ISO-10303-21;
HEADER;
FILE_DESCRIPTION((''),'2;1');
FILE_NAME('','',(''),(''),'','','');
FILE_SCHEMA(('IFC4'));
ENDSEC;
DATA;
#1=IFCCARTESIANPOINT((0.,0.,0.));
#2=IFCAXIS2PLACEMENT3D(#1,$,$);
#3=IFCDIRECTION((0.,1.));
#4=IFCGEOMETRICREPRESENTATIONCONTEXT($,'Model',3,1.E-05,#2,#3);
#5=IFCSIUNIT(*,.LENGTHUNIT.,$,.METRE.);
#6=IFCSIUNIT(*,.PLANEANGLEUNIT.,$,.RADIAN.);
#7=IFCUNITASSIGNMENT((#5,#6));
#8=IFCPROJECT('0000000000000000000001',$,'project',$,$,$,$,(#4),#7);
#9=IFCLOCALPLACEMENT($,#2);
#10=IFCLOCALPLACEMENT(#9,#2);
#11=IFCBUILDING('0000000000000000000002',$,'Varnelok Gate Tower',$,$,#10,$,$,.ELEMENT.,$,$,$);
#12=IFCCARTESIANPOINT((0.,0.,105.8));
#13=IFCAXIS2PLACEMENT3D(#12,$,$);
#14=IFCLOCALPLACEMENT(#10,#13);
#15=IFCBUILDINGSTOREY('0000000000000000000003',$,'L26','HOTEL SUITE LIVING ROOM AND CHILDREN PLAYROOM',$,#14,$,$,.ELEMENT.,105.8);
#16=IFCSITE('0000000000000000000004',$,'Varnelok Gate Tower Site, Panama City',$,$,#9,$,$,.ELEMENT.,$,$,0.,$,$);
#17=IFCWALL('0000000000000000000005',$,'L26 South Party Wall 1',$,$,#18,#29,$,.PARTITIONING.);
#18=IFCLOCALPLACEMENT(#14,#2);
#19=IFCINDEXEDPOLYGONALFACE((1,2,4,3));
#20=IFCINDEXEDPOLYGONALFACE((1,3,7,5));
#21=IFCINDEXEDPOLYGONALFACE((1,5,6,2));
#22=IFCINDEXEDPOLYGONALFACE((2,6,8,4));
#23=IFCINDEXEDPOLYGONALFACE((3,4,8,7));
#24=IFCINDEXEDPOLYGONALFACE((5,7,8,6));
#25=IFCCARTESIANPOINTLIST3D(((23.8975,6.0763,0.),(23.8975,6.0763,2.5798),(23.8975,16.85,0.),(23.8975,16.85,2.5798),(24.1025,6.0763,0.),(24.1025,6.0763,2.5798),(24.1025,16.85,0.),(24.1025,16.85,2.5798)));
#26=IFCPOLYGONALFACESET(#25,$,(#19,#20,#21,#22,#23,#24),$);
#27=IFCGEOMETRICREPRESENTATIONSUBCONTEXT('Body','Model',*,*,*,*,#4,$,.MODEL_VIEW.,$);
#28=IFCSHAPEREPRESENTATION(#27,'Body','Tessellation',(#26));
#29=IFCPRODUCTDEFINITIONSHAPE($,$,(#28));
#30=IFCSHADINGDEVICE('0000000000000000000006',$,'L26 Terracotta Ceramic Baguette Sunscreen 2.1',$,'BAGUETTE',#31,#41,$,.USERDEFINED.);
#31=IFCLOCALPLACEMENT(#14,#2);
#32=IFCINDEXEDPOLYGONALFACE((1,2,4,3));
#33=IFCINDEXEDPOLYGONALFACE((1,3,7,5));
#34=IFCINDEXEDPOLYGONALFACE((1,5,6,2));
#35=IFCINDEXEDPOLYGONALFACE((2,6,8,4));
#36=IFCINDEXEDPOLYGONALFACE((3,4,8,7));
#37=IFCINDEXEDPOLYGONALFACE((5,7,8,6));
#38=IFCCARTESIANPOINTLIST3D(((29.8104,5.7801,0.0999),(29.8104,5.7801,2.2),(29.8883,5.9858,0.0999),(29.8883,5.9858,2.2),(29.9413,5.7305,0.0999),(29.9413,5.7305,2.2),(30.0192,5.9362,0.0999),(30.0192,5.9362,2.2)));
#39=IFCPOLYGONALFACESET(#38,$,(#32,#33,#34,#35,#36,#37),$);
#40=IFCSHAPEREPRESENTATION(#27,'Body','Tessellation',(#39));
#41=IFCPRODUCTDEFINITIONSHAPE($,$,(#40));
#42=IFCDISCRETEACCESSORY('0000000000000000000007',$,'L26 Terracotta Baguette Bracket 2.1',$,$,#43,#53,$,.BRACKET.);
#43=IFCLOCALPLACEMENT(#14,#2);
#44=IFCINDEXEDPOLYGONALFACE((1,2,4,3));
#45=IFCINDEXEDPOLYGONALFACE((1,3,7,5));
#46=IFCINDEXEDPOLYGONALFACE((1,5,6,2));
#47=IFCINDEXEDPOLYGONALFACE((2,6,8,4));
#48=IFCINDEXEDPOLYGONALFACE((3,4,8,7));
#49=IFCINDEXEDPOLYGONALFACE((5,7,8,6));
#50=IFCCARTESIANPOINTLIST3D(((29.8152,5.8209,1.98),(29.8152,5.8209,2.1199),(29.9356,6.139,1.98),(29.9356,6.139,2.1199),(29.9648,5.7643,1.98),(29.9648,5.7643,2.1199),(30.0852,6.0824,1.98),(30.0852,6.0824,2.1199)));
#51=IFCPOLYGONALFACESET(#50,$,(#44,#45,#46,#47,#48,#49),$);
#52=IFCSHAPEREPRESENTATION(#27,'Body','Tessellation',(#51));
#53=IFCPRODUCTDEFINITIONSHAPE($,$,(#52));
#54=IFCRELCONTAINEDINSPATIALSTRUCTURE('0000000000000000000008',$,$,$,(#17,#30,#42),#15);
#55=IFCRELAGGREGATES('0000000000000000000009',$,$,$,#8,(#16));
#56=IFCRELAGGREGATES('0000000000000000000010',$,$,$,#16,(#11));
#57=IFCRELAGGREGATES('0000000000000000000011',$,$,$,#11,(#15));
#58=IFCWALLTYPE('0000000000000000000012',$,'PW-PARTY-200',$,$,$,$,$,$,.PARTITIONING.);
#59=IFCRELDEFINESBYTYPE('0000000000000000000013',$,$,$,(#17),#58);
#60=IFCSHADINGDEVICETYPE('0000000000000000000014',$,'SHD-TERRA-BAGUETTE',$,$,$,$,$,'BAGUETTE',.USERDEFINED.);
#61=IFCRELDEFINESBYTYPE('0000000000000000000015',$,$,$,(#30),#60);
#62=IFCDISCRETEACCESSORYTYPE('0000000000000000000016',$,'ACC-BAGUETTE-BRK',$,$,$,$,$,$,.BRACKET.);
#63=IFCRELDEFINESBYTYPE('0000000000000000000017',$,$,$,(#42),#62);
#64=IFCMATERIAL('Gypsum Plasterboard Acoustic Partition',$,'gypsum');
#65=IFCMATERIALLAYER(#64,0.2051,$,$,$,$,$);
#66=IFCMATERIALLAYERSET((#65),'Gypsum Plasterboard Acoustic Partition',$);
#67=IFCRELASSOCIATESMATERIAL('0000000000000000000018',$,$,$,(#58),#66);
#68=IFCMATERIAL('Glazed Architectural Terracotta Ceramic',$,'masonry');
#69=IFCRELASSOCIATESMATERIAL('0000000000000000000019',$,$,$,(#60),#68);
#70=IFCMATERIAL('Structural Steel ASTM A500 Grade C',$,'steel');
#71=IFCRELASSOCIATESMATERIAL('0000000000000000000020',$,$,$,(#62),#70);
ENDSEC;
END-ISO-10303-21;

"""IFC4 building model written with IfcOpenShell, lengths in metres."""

from ifc_helpers import new_model, si_unit, direction, frame, frame_2d, origin, origin_2d, place, context, subcontext, project, spatial, rectangle, extrude, source, transform, mapped, material, layer, layer_set, type_object, element, save


model = new_model("IFC4")

# Units and contexts
model_context = context("Model", 3, precision=1e-05, world=origin(), true_north=direction((0.0, 1.0)))
body_context = subcontext(model_context, "Body", "Model", "MODEL_VIEW")
ifc_project = project(units=[si_unit("LENGTHUNIT", "METRE"), si_unit("PLANEANGLEUNIT", "RADIAN")], contexts=[model_context])

# Site, building, storey
site_placement = place(None, origin())
site = spatial("IfcSite", under=ifc_project, at=site_placement, Name="Varnelok Gate Tower Site, Panama City", CompositionType="ELEMENT", RefElevation=0.0)
building_placement = place(site_placement, origin())
building = spatial("IfcBuilding", under=site, at=building_placement, Name="Varnelok Gate Tower", CompositionType="ELEMENT")
storey_placement = place(building_placement, frame((0.0, 0.0, 105.8)))
storey = spatial("IfcBuildingStorey", under=building, at=storey_placement, Name="L26", Description="HOTEL SUITE LIVING ROOM AND CHILDREN PLAYROOM", CompositionType="ELEMENT", Elevation=105.8)

# Shared definitions
ifc_material_1 = material(Name="Gypsum Plasterboard Acoustic Partition", Category="gypsum")

# Wall
ifc_layer_1 = layer(ifc_material_1, 0.2051)
ifc_layer_set_1 = layer_set([ifc_layer_1], Name="Gypsum Plasterboard Acoustic Partition")
wall_type_1 = type_object("IfcWallType", Name="PW-PARTY-200", PredefinedType="PARTITIONING", material=ifc_layer_set_1)
wall_1_placement = place(storey_placement, frame((24.0, 6.0764, 0.0), z_axis=(0.0, 0.0, 1.0), x_axis=(0.0, 1.0, 0.0)))
element("IfcWall", 1, at=wall_1_placement, inside=storey, type_object=wall_type_1, Name="L26 South Party Wall 1", PredefinedType="PARTITIONING", context=body_context, shape_type="SweptSolid", body=[
    extrude(rectangle(XDim=10.7737, YDim=0.2051, at=frame_2d((5.3867, 0.0))), origin(), (0.0, 0.0, 1.0), 2.5798),
])

# Shading device
ifc_material_2 = material(Name="Glazed Architectural Terracotta Ceramic", Category="masonry")
shading_device_type = type_object("IfcShadingDeviceType", Name="SHD-TERRA-BAGUETTE", ElementType="BAGUETTE", PredefinedType="USERDEFINED", material=ifc_material_2)
shared_shape_1 = source(origin(), body_context, "Body", "SweptSolid", [
    extrude(rectangle(XDim=0.1399, YDim=0.22, at=origin_2d()), origin(), (0.0, 0.0, 1.0), 2.1001),
])
shading_device_placement = place(storey_placement, frame((29.9148, 5.8582, 0.0999), z_axis=(0.0, 0.0, 1.0), x_axis=(0.935222, -0.354063, 0.0)))
element("IfcShadingDevice", 2, at=shading_device_placement, inside=storey, type_object=shading_device_type, Name="L26 Terracotta Ceramic Baguette Sunscreen 2.1", ObjectType="BAGUETTE", PredefinedType="USERDEFINED", context=body_context, shape_type="MappedRepresentation", body=[
    mapped(shared_shape_1, transform((0.0, 0.0, 0.0), scale=1.0)),
])

# Discrete accessory
ifc_material_3 = material(Name="Structural Steel ASTM A500 Grade C", Category="steel")
discrete_accessory_type = type_object("IfcDiscreteAccessoryType", Name="ACC-BAGUETTE-BRK", PredefinedType="BRACKET", material=ifc_material_3)
shared_shape_2 = source(origin(), body_context, "Body", "SweptSolid", [
    extrude(rectangle(XDim=0.1599, YDim=0.3401, at=origin_2d()), origin(), (0.0, 0.0, 1.0), 0.1399),
])
discrete_accessory_placement = place(storey_placement, frame((29.9502, 5.9517, 1.98), z_axis=(0.0, 0.0, 1.0), x_axis=(0.935222, -0.354063, 0.0)))
element("IfcDiscreteAccessory", 3, at=discrete_accessory_placement, inside=storey, type_object=discrete_accessory_type, Name="L26 Terracotta Baguette Bracket 2.1", PredefinedType="BRACKET", context=body_context, shape_type="MappedRepresentation", body=[
    mapped(shared_shape_2, transform((0.0, 0.0, 0.0), scale=1.0)),
])

save(model, "model.ifc")
